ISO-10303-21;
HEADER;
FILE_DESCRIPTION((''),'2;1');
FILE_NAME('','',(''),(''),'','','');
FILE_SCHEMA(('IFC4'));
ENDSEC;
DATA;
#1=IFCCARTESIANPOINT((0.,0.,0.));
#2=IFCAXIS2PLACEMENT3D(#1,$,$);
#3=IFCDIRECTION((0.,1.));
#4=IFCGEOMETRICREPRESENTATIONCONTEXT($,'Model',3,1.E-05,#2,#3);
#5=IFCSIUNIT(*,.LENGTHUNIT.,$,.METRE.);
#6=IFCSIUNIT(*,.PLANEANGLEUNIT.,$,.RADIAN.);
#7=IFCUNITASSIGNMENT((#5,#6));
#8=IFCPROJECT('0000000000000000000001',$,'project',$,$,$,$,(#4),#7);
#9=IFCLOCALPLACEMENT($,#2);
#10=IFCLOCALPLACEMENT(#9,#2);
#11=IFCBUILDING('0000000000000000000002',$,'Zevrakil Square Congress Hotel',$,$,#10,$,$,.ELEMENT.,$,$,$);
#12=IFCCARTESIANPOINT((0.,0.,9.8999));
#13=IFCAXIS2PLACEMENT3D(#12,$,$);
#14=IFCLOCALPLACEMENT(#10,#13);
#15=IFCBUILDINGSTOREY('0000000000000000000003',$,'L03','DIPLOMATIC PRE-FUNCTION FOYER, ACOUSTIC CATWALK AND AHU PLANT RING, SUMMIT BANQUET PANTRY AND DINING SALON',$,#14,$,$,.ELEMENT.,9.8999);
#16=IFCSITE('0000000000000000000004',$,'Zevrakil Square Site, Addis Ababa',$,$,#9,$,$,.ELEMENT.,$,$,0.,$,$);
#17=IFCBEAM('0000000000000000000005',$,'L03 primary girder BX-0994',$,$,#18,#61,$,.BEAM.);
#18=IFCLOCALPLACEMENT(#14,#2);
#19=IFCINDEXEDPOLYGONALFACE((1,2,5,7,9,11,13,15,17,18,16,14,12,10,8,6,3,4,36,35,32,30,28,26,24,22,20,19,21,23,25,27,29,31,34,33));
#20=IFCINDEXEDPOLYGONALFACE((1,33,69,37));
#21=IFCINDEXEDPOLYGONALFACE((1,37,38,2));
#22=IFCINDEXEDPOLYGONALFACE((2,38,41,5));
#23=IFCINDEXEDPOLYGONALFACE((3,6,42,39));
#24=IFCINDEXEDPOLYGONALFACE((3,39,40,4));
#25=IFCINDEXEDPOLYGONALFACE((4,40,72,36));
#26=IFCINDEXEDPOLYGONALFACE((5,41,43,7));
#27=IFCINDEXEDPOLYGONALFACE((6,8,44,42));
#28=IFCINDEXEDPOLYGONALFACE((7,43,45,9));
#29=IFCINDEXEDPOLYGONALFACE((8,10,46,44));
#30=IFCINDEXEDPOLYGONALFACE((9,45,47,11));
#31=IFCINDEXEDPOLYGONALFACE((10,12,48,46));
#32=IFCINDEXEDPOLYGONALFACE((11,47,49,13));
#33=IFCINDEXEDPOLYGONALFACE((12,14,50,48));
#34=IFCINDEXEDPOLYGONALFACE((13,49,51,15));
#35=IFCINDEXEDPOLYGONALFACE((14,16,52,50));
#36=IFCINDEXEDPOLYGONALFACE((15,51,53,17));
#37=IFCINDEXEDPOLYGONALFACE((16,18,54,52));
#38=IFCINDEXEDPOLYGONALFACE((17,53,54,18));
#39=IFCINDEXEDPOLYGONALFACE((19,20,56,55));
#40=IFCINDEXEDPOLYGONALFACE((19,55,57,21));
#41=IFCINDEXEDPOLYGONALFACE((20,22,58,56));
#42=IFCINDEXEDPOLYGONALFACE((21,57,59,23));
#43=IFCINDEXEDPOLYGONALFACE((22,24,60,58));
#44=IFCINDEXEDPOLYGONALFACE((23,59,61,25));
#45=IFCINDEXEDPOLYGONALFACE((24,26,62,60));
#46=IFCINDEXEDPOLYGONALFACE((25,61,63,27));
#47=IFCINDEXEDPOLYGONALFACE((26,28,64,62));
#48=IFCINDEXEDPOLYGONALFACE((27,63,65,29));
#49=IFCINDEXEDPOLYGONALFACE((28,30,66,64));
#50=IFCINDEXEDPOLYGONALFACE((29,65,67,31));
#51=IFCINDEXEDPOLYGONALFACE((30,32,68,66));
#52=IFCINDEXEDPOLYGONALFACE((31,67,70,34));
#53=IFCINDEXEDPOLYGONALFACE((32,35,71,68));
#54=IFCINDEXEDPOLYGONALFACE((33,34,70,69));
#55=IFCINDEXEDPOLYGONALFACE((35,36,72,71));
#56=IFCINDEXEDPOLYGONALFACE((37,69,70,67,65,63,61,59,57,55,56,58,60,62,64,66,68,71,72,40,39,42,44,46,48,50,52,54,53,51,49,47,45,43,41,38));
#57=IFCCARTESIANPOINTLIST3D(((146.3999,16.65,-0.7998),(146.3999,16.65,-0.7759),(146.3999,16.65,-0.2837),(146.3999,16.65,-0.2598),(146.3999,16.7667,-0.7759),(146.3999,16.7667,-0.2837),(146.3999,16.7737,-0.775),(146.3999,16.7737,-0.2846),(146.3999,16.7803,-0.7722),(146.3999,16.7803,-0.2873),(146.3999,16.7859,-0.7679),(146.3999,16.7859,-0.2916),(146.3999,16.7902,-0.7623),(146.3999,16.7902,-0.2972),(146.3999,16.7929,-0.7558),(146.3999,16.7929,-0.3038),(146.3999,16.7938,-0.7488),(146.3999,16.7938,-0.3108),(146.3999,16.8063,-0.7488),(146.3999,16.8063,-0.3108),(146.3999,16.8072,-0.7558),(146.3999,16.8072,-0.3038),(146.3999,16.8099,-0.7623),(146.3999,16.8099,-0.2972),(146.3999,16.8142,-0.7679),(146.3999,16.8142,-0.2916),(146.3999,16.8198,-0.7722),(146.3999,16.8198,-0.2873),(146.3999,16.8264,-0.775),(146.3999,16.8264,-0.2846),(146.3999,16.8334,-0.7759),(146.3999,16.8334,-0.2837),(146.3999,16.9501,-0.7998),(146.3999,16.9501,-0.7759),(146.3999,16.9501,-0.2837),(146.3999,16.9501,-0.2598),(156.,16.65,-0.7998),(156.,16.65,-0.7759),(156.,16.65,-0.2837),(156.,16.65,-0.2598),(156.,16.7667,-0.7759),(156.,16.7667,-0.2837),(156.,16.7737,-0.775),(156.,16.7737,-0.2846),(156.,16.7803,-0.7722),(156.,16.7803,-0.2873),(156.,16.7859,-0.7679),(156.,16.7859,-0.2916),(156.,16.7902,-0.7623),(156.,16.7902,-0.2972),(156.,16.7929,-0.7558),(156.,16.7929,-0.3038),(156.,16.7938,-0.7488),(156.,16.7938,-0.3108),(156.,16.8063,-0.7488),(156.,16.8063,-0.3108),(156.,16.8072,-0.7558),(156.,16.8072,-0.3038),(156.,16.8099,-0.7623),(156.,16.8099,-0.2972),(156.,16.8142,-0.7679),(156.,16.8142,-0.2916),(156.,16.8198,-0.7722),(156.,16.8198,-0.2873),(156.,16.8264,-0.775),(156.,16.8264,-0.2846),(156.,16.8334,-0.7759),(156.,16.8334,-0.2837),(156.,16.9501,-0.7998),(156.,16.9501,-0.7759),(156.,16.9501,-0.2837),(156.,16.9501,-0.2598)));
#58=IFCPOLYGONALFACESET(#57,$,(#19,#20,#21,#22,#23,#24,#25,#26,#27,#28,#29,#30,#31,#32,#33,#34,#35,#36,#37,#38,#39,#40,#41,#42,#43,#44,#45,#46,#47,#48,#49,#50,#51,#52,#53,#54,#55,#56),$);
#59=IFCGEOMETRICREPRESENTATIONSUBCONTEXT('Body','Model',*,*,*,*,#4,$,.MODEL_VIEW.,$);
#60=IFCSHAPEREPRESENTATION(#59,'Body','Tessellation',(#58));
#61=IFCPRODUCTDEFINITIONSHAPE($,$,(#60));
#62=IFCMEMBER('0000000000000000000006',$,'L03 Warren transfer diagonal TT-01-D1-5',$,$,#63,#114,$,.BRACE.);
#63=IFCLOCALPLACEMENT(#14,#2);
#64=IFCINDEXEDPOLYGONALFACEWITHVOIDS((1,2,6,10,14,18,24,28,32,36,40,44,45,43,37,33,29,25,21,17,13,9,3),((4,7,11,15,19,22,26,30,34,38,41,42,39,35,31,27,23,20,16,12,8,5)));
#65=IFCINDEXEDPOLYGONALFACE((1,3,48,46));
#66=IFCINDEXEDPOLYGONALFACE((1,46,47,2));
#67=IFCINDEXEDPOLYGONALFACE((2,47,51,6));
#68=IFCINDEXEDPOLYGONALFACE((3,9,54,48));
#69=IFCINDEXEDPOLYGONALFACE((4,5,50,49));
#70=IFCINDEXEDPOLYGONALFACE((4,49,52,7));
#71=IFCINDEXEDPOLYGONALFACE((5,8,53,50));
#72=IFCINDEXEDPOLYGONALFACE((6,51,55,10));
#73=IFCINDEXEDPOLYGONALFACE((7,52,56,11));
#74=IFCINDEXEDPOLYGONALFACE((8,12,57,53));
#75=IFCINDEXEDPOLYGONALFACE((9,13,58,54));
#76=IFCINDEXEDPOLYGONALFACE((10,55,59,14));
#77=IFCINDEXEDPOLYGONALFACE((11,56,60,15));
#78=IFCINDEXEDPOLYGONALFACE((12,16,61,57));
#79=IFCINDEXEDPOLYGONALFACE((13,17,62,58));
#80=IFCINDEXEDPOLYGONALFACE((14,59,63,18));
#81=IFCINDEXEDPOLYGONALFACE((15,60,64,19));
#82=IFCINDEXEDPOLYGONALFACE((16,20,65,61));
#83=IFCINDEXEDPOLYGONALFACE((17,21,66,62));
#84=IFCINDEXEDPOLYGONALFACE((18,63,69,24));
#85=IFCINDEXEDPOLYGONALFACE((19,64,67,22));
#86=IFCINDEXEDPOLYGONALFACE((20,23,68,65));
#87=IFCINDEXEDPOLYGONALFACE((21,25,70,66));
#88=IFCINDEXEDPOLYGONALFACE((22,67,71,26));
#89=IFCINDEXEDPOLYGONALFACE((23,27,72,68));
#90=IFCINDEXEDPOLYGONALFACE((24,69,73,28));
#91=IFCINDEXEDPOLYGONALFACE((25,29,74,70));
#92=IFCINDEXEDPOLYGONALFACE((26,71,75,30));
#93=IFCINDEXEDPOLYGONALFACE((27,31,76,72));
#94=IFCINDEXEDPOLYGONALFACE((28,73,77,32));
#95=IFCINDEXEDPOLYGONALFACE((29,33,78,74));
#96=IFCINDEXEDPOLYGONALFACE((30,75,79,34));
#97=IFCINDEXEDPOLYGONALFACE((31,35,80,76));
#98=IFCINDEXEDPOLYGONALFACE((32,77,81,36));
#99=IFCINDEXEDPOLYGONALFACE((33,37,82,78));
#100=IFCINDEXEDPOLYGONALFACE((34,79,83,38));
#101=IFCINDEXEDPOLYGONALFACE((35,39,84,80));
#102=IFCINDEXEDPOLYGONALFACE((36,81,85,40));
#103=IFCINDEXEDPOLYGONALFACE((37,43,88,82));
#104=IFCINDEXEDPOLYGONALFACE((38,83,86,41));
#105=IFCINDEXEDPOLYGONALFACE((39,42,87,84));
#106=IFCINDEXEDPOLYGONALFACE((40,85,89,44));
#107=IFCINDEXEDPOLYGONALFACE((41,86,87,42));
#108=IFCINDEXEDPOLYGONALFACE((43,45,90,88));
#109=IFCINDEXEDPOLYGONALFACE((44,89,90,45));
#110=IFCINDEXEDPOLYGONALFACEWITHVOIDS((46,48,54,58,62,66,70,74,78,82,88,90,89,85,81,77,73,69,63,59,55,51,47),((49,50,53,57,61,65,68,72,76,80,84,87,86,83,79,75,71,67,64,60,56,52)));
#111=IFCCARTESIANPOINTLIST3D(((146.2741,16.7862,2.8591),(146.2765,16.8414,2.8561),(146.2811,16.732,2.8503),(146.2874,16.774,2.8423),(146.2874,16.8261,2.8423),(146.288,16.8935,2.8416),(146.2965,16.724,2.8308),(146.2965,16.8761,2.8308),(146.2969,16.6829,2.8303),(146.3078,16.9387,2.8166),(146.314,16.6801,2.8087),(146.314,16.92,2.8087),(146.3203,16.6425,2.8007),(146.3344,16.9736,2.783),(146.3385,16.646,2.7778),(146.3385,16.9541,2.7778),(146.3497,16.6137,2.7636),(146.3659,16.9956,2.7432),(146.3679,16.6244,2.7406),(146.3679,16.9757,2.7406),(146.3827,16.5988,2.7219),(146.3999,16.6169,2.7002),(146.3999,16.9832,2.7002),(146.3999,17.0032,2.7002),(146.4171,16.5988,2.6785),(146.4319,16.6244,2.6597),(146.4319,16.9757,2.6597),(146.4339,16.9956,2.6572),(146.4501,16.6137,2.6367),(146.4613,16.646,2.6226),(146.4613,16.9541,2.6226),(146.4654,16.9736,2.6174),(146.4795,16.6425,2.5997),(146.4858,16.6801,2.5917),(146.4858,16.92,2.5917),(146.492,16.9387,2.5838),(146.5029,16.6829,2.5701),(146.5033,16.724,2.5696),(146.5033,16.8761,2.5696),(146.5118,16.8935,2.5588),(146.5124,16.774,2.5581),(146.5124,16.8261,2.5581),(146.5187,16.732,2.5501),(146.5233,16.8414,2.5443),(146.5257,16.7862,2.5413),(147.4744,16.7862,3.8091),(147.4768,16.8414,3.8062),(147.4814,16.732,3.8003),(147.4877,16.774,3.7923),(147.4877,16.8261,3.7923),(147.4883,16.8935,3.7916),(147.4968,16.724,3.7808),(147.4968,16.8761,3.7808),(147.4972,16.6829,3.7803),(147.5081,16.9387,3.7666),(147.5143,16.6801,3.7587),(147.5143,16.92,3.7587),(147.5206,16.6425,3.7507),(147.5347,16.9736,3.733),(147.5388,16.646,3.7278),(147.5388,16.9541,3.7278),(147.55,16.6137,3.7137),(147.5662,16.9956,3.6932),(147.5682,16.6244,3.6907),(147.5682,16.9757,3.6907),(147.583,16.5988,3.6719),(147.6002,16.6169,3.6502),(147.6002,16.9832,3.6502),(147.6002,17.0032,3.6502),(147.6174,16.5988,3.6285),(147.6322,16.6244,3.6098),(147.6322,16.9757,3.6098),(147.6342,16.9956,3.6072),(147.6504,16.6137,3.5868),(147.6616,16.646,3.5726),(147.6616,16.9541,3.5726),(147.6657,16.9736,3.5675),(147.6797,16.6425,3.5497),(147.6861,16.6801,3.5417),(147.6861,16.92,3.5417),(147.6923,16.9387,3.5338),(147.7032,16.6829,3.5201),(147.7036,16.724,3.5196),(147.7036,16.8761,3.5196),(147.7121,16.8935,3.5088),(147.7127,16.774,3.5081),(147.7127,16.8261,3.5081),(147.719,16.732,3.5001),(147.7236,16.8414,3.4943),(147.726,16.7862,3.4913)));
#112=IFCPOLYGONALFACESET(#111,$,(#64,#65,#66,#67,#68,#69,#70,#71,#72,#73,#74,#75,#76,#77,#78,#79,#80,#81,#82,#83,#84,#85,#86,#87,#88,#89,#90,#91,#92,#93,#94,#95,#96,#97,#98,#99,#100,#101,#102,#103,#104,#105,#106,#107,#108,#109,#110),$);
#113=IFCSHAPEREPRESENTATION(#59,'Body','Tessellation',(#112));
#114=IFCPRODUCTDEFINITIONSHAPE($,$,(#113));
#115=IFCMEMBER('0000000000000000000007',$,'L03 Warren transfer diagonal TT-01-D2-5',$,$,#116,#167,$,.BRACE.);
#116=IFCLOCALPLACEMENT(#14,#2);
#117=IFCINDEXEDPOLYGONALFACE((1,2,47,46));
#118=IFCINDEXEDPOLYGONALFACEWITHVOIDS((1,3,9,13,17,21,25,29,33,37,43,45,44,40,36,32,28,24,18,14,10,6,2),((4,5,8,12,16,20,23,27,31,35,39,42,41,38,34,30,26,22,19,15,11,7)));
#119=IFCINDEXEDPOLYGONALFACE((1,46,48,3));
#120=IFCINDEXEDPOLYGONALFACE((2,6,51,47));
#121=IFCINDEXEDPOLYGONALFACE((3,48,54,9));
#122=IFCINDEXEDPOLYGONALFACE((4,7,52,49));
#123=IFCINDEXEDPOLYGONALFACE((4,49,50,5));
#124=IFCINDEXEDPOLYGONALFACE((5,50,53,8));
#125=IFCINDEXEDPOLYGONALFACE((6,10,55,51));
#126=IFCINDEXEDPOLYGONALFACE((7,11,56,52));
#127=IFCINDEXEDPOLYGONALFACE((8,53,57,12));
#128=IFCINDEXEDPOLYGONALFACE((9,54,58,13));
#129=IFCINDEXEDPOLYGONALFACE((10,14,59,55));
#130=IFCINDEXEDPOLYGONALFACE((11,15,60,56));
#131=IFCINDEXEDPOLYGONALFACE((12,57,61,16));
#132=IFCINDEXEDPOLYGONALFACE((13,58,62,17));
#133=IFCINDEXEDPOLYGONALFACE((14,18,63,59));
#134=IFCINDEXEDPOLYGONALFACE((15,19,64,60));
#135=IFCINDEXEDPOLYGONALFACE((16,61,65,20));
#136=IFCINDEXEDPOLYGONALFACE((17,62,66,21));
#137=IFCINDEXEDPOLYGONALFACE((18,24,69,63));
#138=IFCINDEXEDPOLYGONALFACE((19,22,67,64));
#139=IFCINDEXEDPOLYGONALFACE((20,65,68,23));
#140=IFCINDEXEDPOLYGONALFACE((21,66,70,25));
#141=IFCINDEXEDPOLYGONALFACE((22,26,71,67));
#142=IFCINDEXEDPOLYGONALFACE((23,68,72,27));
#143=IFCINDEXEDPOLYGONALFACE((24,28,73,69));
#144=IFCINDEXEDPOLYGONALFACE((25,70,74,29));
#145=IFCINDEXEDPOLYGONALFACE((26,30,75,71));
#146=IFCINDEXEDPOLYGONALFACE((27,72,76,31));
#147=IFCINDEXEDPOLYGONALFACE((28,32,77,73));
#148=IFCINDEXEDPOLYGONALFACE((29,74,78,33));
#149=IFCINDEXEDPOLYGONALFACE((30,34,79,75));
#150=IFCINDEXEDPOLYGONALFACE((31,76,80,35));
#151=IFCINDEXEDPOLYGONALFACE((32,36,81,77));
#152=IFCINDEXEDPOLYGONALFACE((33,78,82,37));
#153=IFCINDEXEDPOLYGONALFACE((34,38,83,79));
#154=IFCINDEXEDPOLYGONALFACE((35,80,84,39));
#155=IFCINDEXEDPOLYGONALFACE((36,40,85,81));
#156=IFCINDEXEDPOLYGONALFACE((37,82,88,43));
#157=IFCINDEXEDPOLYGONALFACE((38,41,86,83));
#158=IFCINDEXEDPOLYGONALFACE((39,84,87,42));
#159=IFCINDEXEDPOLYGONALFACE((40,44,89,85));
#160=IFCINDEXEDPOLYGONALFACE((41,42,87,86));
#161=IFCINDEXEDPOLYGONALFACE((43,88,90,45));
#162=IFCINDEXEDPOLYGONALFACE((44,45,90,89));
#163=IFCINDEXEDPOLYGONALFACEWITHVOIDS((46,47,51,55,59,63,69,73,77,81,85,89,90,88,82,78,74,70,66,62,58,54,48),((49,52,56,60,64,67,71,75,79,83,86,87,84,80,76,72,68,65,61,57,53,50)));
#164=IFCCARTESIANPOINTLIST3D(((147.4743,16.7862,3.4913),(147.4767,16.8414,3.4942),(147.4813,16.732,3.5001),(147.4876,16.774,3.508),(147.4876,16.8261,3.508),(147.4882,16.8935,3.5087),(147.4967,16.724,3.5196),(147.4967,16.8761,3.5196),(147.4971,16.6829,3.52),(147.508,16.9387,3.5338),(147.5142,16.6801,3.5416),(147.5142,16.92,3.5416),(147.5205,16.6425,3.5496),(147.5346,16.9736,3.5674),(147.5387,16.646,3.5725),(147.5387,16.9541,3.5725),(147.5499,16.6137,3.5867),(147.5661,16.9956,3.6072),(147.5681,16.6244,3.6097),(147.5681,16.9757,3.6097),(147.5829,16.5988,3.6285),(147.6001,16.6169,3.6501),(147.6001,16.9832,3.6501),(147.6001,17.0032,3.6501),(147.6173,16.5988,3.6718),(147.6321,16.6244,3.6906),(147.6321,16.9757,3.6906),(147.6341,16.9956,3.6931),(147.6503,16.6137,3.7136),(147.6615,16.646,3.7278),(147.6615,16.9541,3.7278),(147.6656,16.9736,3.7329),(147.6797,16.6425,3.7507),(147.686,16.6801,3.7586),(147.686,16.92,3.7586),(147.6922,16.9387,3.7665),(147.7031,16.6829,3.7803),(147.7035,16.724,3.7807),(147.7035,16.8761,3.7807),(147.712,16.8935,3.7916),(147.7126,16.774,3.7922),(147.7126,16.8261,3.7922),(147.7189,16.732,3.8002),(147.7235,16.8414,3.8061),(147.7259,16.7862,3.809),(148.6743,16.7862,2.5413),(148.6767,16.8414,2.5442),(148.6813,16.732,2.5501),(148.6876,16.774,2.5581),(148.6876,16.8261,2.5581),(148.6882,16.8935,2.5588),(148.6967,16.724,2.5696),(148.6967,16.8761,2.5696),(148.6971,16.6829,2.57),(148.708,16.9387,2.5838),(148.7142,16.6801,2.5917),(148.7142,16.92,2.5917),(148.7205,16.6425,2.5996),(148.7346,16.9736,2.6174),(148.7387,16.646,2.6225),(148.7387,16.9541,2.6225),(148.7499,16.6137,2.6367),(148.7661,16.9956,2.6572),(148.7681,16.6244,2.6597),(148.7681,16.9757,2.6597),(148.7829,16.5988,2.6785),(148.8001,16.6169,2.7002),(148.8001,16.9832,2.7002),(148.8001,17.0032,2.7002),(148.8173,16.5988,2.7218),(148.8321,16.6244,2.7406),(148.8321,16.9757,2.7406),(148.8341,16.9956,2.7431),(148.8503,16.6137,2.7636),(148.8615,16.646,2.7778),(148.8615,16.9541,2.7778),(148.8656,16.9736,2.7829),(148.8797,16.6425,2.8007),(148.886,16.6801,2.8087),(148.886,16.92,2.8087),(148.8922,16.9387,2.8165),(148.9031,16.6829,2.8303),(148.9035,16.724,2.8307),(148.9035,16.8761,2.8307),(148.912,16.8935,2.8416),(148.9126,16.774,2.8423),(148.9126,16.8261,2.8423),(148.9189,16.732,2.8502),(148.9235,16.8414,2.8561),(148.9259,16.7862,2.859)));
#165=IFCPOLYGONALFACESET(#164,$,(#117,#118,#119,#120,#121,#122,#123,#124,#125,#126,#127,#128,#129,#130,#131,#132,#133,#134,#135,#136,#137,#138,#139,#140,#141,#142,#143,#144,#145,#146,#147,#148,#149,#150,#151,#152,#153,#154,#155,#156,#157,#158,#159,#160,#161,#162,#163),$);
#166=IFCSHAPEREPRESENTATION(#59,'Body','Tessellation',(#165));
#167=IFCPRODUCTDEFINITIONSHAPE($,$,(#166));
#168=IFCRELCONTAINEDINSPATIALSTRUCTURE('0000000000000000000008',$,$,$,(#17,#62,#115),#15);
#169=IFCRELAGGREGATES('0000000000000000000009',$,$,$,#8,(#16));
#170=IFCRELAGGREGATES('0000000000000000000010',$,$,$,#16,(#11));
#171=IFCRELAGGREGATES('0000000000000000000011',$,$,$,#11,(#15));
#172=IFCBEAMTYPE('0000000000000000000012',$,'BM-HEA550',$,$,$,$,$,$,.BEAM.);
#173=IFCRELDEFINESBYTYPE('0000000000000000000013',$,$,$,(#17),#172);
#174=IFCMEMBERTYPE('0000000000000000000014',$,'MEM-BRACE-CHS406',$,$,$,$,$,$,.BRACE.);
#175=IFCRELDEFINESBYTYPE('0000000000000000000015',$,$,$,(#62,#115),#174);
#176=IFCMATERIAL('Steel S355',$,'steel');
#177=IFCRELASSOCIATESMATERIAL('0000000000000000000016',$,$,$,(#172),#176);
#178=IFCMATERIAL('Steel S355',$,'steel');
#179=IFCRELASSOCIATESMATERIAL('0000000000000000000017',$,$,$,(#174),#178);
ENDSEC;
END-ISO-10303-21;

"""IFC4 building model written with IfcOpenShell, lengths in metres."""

from ifc_helpers import new_model, si_unit, direction, frame, origin, origin_2d, place, context, subcontext, project, spatial, hollow_circle, i_section, extrude, material, material_profile, profile_set, type_object, element, save


model = new_model("IFC4")

# Units and contexts
model_context = context("Model", 3, precision=1e-05, world=origin(), true_north=direction((0.0, 1.0)))
body_context = subcontext(model_context, "Body", "Model", "MODEL_VIEW")
ifc_project = project(units=[si_unit("LENGTHUNIT", "METRE"), si_unit("PLANEANGLEUNIT", "RADIAN")], contexts=[model_context])

# Site, building, storey
site_placement = place(None, origin())
site = spatial("IfcSite", under=ifc_project, at=site_placement, Name="Zevrakil Square Site, Addis Ababa", CompositionType="ELEMENT", RefElevation=0.0)
building_placement = place(site_placement, origin())
building = spatial("IfcBuilding", under=site, at=building_placement, Name="Zevrakil Square Congress Hotel", CompositionType="ELEMENT")
storey_placement = place(building_placement, frame((0.0, 0.0, 9.8999)))
storey = spatial("IfcBuildingStorey", under=building, at=storey_placement, Name="L03", Description="DIPLOMATIC PRE-FUNCTION FOYER, ACOUSTIC CATWALK AND AHU PLANT RING, SUMMIT BANQUET PANTRY AND DINING SALON", CompositionType="ELEMENT", Elevation=9.8999)

# Beam
ifc_material_1 = material(Name="Steel S355", Category="steel")
ifc_material_profile_1 = material_profile(ifc_material_1, i_section(OverallWidth=0.3, OverallDepth=0.54, WebThickness=0.0125, FlangeThickness=0.0239, FilletRadius=0.0271, at=origin_2d()), Name="HEA 550")
ifc_profile_set_1 = profile_set([ifc_material_profile_1], Name="Steel S355")
beam_type = type_object("IfcBeamType", Name="BM-HEA550", PredefinedType="BEAM", material=ifc_profile_set_1)
beam_placement = place(storey_placement, frame((146.3999, 16.8, -0.5298), z_axis=(1.0, 0.0, 0.0), x_axis=(0.0, 1.0, 0.0)))
element("IfcBeam", 1, at=beam_placement, inside=storey, type_object=beam_type, Name="L03 primary girder BX-0994", PredefinedType="BEAM", context=body_context, shape_type="SweptSolid", body=[
    extrude(i_section(OverallWidth=0.3, OverallDepth=0.54, WebThickness=0.0125, FlangeThickness=0.0239, FilletRadius=0.0271, at=origin_2d()), origin(), (0.0, 0.0, 1.0), 9.6001),
])

# Members
ifc_material_2 = material(Name="Steel S355", Category="steel")
ifc_material_profile_2 = material_profile(ifc_material_2, hollow_circle(Radius=0.2031, WallThickness=0.02, at=origin_2d()), Name="CHS 406.4x20")
ifc_profile_set_2 = profile_set([ifc_material_profile_2], Name="Steel S355")
member_type = type_object("IfcMemberType", Name="MEM-BRACE-CHS406", PredefinedType="BRACE", material=ifc_profile_set_2)
member_placement = place(storey_placement, frame((146.3999, 16.8, 2.7002), z_axis=(0.784111, 0.0, 0.620621), x_axis=(0.0, 1.0, 0.0)))
element("IfcMember", 2, at=member_placement, inside=storey, type_object=member_type, Name="L03 Warren transfer diagonal TT-01-D1-5", PredefinedType="BRACE", context=body_context, shape_type="SweptSolid", body=[
    extrude(hollow_circle(Radius=0.2031, WallThickness=0.02, at=origin_2d()), origin(), (0.0, 0.0, 1.0), 1.5308),
])
for number, where, z_axis, x_axis, name in (
    (3, (147.6001, 16.8, 3.6501), (0.784049, 0.0, -0.620699), (0.0, 1.0, 0.0), "L03 Warren transfer diagonal TT-01-D2-5"),
):
    element("IfcMember", number, at=place(storey_placement, frame(where, z_axis=z_axis, x_axis=x_axis)), inside=storey, type_object=member_type, Name=name, PredefinedType="BRACE", context=body_context, shape_type="SweptSolid", body=[
        extrude(hollow_circle(Radius=0.2031, WallThickness=0.02, at=origin_2d()), origin(), (0.0, 0.0, 1.0), 1.5305),
    ])

save(model, "model.ifc")
